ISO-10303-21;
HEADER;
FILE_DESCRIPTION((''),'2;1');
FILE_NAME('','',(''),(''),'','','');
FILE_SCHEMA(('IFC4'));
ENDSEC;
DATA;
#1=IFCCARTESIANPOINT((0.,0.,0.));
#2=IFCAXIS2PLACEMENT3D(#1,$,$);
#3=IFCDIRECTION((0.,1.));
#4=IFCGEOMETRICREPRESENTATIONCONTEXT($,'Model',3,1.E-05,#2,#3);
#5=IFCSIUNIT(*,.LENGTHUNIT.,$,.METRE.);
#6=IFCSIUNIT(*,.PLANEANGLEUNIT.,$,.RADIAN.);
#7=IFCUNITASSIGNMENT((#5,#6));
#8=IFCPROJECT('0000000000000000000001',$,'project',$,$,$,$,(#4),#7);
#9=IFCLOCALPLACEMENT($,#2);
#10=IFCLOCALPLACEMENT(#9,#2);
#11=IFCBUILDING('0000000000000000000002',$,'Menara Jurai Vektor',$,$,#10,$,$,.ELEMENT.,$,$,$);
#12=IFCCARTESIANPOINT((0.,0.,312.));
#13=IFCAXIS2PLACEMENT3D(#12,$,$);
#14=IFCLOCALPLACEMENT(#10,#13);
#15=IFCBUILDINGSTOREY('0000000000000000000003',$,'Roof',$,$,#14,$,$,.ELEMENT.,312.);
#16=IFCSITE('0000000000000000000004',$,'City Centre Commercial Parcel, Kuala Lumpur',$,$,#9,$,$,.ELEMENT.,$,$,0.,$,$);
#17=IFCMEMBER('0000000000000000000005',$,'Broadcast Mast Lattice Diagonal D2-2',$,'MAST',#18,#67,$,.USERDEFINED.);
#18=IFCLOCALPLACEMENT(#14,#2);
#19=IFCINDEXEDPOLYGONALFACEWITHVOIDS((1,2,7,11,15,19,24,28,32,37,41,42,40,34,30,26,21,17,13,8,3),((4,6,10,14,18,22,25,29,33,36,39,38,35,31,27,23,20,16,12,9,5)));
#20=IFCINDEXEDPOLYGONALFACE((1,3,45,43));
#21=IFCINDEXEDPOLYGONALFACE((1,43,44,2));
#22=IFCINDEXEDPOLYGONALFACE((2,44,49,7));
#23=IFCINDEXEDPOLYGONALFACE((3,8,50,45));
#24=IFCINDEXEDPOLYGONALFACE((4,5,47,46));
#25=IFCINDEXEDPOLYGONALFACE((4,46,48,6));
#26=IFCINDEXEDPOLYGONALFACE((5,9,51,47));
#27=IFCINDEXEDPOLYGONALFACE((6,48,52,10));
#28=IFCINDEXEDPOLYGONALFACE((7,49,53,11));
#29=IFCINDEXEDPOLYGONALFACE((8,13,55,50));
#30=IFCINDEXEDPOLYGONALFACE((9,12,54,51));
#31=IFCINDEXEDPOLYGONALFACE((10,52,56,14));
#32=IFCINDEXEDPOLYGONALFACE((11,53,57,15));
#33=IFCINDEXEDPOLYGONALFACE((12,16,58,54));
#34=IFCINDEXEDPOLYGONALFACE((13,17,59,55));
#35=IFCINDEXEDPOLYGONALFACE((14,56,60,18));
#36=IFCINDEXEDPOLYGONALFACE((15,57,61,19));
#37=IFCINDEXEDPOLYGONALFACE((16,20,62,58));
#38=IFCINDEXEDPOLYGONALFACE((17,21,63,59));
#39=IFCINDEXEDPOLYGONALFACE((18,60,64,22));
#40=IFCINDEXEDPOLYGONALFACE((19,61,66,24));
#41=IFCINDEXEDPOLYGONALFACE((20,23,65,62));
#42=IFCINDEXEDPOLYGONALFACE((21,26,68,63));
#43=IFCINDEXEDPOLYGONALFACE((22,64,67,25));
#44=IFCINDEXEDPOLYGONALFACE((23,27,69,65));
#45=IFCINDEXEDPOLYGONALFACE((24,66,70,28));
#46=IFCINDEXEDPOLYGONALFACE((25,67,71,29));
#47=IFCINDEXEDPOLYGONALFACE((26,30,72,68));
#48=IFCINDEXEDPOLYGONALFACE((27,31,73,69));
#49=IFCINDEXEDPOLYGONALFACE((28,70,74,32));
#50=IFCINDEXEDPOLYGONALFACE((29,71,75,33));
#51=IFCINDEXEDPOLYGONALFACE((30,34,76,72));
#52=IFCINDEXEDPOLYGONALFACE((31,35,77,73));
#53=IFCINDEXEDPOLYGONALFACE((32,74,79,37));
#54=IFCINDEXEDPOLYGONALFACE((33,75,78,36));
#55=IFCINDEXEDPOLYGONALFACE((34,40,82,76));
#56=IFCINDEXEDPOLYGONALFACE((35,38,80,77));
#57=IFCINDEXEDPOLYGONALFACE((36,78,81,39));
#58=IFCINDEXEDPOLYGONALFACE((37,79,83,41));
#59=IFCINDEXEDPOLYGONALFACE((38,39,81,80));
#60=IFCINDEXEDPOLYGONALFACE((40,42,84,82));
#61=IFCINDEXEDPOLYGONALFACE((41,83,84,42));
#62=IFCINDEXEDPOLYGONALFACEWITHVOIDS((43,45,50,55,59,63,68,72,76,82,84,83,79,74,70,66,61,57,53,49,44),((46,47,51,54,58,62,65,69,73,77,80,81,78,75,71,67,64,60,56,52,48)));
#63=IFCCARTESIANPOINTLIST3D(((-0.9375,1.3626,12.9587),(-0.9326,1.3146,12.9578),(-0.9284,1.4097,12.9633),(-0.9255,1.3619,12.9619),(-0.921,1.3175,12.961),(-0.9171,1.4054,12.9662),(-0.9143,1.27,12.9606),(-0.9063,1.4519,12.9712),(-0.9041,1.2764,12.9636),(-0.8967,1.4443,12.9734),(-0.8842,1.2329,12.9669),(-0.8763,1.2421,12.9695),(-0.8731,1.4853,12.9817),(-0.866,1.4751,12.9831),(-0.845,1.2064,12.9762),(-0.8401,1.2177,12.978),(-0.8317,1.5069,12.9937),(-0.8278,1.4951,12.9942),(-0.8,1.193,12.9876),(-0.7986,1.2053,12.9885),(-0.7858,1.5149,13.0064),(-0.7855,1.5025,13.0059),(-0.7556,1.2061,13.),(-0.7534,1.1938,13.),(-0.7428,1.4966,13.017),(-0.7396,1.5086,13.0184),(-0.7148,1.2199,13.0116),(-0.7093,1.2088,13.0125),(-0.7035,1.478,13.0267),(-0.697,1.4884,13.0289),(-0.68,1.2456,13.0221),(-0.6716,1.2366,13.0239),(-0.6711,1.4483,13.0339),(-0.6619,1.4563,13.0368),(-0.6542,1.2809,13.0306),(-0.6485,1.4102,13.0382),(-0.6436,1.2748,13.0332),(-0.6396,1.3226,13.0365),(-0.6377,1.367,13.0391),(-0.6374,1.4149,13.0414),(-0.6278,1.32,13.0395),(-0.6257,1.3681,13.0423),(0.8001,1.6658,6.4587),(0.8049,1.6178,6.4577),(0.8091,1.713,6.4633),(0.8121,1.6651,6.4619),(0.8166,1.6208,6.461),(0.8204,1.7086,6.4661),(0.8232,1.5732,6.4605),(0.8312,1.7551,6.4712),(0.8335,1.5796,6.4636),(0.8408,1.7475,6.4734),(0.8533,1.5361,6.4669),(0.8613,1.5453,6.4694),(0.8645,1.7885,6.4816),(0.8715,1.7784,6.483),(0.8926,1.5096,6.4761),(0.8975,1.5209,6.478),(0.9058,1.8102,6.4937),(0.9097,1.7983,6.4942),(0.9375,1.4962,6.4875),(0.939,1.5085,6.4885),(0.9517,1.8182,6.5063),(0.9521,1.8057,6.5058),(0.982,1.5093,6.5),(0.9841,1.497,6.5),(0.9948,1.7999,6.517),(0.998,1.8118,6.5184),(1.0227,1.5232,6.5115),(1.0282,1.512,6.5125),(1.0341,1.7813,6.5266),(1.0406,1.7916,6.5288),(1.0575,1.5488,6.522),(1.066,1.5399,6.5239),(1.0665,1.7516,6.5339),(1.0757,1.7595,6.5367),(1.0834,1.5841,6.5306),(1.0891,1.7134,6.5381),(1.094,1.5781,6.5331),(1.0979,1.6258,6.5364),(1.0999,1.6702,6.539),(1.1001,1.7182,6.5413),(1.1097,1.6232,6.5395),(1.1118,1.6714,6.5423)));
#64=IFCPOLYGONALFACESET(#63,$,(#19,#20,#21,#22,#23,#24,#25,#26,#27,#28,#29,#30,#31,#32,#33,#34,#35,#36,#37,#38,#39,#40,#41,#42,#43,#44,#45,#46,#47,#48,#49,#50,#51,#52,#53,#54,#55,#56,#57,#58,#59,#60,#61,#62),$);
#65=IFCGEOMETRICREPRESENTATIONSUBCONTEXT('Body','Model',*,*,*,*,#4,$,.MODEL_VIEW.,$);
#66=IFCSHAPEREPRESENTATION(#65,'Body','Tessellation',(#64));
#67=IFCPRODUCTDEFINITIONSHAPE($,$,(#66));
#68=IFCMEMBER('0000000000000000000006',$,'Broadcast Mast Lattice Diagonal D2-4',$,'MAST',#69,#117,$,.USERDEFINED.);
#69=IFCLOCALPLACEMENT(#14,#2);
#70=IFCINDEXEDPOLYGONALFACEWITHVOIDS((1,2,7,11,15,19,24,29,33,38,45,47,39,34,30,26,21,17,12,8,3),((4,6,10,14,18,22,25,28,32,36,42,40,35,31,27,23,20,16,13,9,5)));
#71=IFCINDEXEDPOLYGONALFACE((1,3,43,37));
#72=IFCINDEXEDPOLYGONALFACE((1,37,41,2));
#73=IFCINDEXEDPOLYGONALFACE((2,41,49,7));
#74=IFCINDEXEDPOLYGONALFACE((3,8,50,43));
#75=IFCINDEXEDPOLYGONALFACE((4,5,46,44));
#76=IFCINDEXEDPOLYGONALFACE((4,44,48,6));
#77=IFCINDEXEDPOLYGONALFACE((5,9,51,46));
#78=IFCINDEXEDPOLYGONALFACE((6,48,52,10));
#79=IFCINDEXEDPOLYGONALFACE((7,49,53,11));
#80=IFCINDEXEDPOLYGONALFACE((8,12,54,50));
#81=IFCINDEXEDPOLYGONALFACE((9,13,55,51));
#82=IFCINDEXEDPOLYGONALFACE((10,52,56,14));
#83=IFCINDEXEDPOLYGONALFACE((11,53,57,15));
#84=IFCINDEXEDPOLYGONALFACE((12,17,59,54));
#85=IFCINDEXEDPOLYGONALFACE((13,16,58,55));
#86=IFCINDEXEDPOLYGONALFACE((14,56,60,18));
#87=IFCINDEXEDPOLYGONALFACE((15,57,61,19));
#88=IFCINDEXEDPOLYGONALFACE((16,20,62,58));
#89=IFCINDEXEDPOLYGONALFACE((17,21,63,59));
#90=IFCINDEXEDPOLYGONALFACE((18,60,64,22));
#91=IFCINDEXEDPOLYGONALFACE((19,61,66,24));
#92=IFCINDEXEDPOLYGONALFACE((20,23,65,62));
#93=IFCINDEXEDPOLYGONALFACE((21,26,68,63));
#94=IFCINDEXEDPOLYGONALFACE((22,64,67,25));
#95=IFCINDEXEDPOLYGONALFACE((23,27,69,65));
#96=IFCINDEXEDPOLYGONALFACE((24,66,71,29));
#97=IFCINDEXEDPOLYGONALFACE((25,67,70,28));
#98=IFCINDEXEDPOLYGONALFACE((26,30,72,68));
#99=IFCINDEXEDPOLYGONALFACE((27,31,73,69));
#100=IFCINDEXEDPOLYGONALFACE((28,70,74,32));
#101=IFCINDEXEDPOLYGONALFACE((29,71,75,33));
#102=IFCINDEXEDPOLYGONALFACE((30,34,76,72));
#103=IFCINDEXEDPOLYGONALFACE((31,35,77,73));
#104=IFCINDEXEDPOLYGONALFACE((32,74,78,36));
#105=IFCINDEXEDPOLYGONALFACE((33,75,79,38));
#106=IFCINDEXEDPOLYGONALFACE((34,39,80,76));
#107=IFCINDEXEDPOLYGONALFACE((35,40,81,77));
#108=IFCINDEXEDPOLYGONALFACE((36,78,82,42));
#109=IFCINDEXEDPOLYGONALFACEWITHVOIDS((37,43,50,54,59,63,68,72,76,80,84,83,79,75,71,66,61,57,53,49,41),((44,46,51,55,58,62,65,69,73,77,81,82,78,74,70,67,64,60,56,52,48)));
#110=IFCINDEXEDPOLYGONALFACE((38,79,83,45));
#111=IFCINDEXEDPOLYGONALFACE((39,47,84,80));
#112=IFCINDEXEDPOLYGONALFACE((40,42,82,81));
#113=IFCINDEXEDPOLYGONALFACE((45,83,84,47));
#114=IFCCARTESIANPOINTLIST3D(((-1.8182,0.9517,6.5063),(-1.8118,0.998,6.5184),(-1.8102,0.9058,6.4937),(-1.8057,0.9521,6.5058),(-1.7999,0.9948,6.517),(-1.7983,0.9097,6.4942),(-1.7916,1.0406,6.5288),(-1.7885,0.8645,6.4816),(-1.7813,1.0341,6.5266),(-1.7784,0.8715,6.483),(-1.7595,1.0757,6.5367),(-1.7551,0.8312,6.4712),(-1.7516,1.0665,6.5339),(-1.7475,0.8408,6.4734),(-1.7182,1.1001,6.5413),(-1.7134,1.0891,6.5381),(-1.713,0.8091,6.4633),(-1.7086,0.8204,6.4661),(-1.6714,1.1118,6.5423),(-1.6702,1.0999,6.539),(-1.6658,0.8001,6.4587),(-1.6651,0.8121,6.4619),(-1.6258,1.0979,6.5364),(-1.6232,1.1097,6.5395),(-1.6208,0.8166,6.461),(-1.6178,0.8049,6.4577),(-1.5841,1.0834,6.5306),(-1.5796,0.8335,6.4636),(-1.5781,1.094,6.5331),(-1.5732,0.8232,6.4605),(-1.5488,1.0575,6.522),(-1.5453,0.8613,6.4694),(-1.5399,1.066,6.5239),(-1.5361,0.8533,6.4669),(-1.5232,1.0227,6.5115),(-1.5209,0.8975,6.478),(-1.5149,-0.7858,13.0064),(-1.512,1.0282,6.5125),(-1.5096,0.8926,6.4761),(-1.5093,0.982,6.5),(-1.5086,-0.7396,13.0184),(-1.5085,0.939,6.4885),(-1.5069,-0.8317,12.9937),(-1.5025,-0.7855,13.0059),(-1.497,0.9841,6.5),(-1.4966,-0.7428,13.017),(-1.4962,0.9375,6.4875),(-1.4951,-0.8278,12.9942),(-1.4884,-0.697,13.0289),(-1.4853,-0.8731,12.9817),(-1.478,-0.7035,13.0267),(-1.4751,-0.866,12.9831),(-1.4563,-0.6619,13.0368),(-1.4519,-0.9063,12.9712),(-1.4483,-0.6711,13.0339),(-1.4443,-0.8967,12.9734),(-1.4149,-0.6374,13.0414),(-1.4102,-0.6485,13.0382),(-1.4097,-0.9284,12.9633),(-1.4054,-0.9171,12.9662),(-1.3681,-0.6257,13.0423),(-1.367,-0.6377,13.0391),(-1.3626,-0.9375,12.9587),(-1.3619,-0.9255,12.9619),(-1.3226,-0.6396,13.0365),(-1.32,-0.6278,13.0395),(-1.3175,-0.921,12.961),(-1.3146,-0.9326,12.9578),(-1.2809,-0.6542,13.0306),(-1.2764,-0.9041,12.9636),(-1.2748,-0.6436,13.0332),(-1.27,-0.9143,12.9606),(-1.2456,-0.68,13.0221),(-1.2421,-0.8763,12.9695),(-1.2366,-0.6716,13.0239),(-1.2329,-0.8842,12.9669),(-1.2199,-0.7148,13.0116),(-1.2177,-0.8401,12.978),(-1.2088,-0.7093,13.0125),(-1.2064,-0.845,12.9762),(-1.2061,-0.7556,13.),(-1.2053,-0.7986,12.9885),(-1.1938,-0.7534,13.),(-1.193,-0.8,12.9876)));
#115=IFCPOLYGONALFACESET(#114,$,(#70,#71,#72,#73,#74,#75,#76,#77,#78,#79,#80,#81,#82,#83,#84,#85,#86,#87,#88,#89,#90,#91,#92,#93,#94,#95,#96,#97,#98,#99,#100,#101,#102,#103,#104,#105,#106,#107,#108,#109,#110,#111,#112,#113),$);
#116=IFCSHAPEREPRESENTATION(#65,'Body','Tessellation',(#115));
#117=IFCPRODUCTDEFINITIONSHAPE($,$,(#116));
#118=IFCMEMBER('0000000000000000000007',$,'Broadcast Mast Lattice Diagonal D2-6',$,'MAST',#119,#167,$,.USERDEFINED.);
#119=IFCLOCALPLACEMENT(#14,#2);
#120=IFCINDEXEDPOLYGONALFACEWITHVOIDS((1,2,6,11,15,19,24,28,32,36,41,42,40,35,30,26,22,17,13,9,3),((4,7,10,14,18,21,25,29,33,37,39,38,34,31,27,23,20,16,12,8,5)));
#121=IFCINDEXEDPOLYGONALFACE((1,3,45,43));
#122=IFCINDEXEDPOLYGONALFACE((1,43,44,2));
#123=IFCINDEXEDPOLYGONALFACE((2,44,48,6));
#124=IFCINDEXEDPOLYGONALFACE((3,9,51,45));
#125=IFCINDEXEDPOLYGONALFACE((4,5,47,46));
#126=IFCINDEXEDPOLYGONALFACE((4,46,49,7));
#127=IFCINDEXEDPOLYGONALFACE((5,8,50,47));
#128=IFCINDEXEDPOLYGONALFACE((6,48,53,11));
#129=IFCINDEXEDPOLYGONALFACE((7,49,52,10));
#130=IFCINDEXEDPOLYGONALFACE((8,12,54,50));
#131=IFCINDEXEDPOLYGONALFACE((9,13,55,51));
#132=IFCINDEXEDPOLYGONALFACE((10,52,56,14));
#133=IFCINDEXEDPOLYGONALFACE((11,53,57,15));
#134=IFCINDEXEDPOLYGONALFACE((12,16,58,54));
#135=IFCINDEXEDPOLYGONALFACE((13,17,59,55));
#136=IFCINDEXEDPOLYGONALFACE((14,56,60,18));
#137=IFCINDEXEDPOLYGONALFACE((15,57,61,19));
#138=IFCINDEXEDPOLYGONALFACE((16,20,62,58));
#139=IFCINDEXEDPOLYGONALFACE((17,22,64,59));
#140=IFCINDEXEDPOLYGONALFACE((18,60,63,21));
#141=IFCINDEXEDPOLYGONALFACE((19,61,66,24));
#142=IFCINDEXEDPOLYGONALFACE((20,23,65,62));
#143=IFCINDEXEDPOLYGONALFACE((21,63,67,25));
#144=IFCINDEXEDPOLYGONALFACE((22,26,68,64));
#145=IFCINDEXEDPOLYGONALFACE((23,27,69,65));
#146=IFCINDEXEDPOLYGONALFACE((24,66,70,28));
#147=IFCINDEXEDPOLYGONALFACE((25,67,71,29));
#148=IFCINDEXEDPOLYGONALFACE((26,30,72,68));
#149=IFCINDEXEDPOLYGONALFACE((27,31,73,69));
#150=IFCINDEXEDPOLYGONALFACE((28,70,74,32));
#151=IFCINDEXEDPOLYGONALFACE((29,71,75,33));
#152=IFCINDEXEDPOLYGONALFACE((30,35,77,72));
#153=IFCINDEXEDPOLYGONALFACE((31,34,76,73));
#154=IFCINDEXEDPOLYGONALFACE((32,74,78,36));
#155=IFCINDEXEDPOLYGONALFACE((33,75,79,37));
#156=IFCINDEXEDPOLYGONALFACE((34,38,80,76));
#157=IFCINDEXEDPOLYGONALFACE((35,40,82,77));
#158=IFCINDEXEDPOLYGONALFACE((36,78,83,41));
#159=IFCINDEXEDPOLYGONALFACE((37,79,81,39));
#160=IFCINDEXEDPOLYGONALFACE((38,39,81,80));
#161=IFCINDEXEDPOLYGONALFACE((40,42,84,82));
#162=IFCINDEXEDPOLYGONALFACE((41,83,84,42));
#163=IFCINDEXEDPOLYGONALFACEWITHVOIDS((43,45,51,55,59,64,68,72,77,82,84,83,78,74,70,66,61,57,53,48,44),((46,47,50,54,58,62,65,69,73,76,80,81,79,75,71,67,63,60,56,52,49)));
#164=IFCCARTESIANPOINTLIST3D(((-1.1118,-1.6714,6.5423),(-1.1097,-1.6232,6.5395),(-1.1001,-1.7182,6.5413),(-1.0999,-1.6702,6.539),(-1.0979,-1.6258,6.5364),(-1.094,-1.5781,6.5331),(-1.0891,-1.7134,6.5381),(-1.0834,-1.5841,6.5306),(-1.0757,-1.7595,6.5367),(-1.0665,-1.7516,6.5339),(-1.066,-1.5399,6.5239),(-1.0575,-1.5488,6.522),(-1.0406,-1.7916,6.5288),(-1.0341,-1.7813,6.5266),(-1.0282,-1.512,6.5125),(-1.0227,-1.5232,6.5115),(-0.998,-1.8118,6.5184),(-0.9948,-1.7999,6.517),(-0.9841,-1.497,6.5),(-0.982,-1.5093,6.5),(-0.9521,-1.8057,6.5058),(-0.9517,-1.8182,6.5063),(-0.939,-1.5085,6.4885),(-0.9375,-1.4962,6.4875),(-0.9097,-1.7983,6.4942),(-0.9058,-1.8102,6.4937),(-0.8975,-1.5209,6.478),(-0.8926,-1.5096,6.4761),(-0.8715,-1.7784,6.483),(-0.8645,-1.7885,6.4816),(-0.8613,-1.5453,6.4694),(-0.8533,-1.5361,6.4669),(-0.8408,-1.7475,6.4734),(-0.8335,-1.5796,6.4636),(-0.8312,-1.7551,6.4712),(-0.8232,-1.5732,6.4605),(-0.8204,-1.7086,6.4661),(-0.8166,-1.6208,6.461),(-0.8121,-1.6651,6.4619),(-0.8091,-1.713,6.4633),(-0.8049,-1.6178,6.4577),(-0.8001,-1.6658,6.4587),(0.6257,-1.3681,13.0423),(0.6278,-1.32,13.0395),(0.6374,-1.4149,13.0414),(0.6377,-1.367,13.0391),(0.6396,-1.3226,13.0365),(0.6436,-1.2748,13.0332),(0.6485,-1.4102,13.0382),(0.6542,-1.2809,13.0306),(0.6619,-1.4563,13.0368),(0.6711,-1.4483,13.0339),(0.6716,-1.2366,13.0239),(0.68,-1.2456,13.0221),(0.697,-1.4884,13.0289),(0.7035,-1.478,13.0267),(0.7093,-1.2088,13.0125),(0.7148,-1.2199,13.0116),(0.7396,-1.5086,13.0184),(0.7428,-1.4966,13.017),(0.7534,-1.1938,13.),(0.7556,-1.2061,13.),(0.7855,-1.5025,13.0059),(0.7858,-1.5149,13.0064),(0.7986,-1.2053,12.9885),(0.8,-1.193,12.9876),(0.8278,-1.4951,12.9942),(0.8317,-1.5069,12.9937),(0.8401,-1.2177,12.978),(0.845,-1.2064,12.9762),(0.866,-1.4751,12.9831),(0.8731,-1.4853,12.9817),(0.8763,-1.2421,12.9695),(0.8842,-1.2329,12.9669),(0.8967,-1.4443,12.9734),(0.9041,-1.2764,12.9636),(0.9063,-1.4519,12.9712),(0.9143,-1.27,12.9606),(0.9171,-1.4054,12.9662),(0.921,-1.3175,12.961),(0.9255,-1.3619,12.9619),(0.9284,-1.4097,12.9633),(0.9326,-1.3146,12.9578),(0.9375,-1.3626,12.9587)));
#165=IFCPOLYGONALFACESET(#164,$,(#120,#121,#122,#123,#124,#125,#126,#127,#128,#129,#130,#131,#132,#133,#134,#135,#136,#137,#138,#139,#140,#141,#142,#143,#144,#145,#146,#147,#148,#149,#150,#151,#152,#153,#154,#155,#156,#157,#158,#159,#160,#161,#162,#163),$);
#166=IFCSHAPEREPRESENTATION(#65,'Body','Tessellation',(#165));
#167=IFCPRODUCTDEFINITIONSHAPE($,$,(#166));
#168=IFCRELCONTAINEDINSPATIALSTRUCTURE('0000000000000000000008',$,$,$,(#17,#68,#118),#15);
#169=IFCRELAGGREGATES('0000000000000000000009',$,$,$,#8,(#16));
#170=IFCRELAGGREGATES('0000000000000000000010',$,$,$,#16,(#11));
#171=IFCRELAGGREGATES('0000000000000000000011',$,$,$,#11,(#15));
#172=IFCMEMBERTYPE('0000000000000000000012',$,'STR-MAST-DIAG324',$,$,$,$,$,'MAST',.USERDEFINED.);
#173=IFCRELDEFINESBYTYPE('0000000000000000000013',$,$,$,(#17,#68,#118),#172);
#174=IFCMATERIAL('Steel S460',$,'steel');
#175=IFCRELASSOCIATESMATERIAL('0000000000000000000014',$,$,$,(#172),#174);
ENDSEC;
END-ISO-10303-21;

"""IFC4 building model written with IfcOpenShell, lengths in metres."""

from ifc_helpers import new_model, si_unit, direction, frame, origin, origin_2d, place, context, subcontext, project, spatial, hollow_circle, extrude, material, material_profile, profile_set, type_object, element, save


model = new_model("IFC4")

# Units and contexts
model_context = context("Model", 3, precision=1e-05, world=origin(), true_north=direction((0.0, 1.0)))
body_context = subcontext(model_context, "Body", "Model", "MODEL_VIEW")
ifc_project = project(units=[si_unit("LENGTHUNIT", "METRE"), si_unit("PLANEANGLEUNIT", "RADIAN")], contexts=[model_context])

# Site, building, storey
site_placement = place(None, origin())
site = spatial("IfcSite", under=ifc_project, at=site_placement, Name="City Centre Commercial Parcel, Kuala Lumpur", CompositionType="ELEMENT", RefElevation=0.0)
building_placement = place(site_placement, origin())
building = spatial("IfcBuilding", under=site, at=building_placement, Name="Menara Jurai Vektor", CompositionType="ELEMENT")
storey_placement = place(building_placement, frame((0.0, 0.0, 312.0)))
storey = spatial("IfcBuildingStorey", under=building, at=storey_placement, Name="Roof", CompositionType="ELEMENT", Elevation=312.0)

# Members
ifc_material = material(Name="Steel S460", Category="steel")
ifc_material_profile_1 = material_profile(ifc_material, hollow_circle(Radius=0.1619, WallThickness=0.0125, at=origin_2d()), Name="CHS 323.9x12.5")
ifc_profile_set_1 = profile_set([ifc_material_profile_1], Name="Steel S460")
member_type_1 = type_object("IfcMemberType", Name="STR-MAST-DIAG324", ElementType="MAST", PredefinedType="USERDEFINED", material=ifc_profile_set_1)
for number, where, z_axis, x_axis, name in (
    (1, (0.9563, 1.6565, 6.5), (-0.257986, -0.045022, 0.965099), (0.171914, -0.985112, 0.0), "Broadcast Mast Lattice Diagonal D2-2"),
    (2, (-1.6565, 0.9563, 6.5), (0.045022, -0.257986, 0.965099), (0.985112, 0.171914, 0.0), "Broadcast Mast Lattice Diagonal D2-4"),
    (3, (-0.9563, -1.6565, 6.5), (0.257986, 0.045022, 0.965099), (-0.171914, 0.985112, 0.0), "Broadcast Mast Lattice Diagonal D2-6"),
):
    element("IfcMember", number, at=place(storey_placement, frame(where, z_axis=z_axis, x_axis=x_axis)), inside=storey, type_object=member_type_1, Name=name, ObjectType="MAST", PredefinedType="USERDEFINED", context=body_context, shape_type="SweptSolid", body=[
        extrude(hollow_circle(Radius=0.1619, WallThickness=0.0125, at=origin_2d()), origin(), (0.0, 0.0, 1.0), 6.7351),
    ])

save(model, "model.ifc")
